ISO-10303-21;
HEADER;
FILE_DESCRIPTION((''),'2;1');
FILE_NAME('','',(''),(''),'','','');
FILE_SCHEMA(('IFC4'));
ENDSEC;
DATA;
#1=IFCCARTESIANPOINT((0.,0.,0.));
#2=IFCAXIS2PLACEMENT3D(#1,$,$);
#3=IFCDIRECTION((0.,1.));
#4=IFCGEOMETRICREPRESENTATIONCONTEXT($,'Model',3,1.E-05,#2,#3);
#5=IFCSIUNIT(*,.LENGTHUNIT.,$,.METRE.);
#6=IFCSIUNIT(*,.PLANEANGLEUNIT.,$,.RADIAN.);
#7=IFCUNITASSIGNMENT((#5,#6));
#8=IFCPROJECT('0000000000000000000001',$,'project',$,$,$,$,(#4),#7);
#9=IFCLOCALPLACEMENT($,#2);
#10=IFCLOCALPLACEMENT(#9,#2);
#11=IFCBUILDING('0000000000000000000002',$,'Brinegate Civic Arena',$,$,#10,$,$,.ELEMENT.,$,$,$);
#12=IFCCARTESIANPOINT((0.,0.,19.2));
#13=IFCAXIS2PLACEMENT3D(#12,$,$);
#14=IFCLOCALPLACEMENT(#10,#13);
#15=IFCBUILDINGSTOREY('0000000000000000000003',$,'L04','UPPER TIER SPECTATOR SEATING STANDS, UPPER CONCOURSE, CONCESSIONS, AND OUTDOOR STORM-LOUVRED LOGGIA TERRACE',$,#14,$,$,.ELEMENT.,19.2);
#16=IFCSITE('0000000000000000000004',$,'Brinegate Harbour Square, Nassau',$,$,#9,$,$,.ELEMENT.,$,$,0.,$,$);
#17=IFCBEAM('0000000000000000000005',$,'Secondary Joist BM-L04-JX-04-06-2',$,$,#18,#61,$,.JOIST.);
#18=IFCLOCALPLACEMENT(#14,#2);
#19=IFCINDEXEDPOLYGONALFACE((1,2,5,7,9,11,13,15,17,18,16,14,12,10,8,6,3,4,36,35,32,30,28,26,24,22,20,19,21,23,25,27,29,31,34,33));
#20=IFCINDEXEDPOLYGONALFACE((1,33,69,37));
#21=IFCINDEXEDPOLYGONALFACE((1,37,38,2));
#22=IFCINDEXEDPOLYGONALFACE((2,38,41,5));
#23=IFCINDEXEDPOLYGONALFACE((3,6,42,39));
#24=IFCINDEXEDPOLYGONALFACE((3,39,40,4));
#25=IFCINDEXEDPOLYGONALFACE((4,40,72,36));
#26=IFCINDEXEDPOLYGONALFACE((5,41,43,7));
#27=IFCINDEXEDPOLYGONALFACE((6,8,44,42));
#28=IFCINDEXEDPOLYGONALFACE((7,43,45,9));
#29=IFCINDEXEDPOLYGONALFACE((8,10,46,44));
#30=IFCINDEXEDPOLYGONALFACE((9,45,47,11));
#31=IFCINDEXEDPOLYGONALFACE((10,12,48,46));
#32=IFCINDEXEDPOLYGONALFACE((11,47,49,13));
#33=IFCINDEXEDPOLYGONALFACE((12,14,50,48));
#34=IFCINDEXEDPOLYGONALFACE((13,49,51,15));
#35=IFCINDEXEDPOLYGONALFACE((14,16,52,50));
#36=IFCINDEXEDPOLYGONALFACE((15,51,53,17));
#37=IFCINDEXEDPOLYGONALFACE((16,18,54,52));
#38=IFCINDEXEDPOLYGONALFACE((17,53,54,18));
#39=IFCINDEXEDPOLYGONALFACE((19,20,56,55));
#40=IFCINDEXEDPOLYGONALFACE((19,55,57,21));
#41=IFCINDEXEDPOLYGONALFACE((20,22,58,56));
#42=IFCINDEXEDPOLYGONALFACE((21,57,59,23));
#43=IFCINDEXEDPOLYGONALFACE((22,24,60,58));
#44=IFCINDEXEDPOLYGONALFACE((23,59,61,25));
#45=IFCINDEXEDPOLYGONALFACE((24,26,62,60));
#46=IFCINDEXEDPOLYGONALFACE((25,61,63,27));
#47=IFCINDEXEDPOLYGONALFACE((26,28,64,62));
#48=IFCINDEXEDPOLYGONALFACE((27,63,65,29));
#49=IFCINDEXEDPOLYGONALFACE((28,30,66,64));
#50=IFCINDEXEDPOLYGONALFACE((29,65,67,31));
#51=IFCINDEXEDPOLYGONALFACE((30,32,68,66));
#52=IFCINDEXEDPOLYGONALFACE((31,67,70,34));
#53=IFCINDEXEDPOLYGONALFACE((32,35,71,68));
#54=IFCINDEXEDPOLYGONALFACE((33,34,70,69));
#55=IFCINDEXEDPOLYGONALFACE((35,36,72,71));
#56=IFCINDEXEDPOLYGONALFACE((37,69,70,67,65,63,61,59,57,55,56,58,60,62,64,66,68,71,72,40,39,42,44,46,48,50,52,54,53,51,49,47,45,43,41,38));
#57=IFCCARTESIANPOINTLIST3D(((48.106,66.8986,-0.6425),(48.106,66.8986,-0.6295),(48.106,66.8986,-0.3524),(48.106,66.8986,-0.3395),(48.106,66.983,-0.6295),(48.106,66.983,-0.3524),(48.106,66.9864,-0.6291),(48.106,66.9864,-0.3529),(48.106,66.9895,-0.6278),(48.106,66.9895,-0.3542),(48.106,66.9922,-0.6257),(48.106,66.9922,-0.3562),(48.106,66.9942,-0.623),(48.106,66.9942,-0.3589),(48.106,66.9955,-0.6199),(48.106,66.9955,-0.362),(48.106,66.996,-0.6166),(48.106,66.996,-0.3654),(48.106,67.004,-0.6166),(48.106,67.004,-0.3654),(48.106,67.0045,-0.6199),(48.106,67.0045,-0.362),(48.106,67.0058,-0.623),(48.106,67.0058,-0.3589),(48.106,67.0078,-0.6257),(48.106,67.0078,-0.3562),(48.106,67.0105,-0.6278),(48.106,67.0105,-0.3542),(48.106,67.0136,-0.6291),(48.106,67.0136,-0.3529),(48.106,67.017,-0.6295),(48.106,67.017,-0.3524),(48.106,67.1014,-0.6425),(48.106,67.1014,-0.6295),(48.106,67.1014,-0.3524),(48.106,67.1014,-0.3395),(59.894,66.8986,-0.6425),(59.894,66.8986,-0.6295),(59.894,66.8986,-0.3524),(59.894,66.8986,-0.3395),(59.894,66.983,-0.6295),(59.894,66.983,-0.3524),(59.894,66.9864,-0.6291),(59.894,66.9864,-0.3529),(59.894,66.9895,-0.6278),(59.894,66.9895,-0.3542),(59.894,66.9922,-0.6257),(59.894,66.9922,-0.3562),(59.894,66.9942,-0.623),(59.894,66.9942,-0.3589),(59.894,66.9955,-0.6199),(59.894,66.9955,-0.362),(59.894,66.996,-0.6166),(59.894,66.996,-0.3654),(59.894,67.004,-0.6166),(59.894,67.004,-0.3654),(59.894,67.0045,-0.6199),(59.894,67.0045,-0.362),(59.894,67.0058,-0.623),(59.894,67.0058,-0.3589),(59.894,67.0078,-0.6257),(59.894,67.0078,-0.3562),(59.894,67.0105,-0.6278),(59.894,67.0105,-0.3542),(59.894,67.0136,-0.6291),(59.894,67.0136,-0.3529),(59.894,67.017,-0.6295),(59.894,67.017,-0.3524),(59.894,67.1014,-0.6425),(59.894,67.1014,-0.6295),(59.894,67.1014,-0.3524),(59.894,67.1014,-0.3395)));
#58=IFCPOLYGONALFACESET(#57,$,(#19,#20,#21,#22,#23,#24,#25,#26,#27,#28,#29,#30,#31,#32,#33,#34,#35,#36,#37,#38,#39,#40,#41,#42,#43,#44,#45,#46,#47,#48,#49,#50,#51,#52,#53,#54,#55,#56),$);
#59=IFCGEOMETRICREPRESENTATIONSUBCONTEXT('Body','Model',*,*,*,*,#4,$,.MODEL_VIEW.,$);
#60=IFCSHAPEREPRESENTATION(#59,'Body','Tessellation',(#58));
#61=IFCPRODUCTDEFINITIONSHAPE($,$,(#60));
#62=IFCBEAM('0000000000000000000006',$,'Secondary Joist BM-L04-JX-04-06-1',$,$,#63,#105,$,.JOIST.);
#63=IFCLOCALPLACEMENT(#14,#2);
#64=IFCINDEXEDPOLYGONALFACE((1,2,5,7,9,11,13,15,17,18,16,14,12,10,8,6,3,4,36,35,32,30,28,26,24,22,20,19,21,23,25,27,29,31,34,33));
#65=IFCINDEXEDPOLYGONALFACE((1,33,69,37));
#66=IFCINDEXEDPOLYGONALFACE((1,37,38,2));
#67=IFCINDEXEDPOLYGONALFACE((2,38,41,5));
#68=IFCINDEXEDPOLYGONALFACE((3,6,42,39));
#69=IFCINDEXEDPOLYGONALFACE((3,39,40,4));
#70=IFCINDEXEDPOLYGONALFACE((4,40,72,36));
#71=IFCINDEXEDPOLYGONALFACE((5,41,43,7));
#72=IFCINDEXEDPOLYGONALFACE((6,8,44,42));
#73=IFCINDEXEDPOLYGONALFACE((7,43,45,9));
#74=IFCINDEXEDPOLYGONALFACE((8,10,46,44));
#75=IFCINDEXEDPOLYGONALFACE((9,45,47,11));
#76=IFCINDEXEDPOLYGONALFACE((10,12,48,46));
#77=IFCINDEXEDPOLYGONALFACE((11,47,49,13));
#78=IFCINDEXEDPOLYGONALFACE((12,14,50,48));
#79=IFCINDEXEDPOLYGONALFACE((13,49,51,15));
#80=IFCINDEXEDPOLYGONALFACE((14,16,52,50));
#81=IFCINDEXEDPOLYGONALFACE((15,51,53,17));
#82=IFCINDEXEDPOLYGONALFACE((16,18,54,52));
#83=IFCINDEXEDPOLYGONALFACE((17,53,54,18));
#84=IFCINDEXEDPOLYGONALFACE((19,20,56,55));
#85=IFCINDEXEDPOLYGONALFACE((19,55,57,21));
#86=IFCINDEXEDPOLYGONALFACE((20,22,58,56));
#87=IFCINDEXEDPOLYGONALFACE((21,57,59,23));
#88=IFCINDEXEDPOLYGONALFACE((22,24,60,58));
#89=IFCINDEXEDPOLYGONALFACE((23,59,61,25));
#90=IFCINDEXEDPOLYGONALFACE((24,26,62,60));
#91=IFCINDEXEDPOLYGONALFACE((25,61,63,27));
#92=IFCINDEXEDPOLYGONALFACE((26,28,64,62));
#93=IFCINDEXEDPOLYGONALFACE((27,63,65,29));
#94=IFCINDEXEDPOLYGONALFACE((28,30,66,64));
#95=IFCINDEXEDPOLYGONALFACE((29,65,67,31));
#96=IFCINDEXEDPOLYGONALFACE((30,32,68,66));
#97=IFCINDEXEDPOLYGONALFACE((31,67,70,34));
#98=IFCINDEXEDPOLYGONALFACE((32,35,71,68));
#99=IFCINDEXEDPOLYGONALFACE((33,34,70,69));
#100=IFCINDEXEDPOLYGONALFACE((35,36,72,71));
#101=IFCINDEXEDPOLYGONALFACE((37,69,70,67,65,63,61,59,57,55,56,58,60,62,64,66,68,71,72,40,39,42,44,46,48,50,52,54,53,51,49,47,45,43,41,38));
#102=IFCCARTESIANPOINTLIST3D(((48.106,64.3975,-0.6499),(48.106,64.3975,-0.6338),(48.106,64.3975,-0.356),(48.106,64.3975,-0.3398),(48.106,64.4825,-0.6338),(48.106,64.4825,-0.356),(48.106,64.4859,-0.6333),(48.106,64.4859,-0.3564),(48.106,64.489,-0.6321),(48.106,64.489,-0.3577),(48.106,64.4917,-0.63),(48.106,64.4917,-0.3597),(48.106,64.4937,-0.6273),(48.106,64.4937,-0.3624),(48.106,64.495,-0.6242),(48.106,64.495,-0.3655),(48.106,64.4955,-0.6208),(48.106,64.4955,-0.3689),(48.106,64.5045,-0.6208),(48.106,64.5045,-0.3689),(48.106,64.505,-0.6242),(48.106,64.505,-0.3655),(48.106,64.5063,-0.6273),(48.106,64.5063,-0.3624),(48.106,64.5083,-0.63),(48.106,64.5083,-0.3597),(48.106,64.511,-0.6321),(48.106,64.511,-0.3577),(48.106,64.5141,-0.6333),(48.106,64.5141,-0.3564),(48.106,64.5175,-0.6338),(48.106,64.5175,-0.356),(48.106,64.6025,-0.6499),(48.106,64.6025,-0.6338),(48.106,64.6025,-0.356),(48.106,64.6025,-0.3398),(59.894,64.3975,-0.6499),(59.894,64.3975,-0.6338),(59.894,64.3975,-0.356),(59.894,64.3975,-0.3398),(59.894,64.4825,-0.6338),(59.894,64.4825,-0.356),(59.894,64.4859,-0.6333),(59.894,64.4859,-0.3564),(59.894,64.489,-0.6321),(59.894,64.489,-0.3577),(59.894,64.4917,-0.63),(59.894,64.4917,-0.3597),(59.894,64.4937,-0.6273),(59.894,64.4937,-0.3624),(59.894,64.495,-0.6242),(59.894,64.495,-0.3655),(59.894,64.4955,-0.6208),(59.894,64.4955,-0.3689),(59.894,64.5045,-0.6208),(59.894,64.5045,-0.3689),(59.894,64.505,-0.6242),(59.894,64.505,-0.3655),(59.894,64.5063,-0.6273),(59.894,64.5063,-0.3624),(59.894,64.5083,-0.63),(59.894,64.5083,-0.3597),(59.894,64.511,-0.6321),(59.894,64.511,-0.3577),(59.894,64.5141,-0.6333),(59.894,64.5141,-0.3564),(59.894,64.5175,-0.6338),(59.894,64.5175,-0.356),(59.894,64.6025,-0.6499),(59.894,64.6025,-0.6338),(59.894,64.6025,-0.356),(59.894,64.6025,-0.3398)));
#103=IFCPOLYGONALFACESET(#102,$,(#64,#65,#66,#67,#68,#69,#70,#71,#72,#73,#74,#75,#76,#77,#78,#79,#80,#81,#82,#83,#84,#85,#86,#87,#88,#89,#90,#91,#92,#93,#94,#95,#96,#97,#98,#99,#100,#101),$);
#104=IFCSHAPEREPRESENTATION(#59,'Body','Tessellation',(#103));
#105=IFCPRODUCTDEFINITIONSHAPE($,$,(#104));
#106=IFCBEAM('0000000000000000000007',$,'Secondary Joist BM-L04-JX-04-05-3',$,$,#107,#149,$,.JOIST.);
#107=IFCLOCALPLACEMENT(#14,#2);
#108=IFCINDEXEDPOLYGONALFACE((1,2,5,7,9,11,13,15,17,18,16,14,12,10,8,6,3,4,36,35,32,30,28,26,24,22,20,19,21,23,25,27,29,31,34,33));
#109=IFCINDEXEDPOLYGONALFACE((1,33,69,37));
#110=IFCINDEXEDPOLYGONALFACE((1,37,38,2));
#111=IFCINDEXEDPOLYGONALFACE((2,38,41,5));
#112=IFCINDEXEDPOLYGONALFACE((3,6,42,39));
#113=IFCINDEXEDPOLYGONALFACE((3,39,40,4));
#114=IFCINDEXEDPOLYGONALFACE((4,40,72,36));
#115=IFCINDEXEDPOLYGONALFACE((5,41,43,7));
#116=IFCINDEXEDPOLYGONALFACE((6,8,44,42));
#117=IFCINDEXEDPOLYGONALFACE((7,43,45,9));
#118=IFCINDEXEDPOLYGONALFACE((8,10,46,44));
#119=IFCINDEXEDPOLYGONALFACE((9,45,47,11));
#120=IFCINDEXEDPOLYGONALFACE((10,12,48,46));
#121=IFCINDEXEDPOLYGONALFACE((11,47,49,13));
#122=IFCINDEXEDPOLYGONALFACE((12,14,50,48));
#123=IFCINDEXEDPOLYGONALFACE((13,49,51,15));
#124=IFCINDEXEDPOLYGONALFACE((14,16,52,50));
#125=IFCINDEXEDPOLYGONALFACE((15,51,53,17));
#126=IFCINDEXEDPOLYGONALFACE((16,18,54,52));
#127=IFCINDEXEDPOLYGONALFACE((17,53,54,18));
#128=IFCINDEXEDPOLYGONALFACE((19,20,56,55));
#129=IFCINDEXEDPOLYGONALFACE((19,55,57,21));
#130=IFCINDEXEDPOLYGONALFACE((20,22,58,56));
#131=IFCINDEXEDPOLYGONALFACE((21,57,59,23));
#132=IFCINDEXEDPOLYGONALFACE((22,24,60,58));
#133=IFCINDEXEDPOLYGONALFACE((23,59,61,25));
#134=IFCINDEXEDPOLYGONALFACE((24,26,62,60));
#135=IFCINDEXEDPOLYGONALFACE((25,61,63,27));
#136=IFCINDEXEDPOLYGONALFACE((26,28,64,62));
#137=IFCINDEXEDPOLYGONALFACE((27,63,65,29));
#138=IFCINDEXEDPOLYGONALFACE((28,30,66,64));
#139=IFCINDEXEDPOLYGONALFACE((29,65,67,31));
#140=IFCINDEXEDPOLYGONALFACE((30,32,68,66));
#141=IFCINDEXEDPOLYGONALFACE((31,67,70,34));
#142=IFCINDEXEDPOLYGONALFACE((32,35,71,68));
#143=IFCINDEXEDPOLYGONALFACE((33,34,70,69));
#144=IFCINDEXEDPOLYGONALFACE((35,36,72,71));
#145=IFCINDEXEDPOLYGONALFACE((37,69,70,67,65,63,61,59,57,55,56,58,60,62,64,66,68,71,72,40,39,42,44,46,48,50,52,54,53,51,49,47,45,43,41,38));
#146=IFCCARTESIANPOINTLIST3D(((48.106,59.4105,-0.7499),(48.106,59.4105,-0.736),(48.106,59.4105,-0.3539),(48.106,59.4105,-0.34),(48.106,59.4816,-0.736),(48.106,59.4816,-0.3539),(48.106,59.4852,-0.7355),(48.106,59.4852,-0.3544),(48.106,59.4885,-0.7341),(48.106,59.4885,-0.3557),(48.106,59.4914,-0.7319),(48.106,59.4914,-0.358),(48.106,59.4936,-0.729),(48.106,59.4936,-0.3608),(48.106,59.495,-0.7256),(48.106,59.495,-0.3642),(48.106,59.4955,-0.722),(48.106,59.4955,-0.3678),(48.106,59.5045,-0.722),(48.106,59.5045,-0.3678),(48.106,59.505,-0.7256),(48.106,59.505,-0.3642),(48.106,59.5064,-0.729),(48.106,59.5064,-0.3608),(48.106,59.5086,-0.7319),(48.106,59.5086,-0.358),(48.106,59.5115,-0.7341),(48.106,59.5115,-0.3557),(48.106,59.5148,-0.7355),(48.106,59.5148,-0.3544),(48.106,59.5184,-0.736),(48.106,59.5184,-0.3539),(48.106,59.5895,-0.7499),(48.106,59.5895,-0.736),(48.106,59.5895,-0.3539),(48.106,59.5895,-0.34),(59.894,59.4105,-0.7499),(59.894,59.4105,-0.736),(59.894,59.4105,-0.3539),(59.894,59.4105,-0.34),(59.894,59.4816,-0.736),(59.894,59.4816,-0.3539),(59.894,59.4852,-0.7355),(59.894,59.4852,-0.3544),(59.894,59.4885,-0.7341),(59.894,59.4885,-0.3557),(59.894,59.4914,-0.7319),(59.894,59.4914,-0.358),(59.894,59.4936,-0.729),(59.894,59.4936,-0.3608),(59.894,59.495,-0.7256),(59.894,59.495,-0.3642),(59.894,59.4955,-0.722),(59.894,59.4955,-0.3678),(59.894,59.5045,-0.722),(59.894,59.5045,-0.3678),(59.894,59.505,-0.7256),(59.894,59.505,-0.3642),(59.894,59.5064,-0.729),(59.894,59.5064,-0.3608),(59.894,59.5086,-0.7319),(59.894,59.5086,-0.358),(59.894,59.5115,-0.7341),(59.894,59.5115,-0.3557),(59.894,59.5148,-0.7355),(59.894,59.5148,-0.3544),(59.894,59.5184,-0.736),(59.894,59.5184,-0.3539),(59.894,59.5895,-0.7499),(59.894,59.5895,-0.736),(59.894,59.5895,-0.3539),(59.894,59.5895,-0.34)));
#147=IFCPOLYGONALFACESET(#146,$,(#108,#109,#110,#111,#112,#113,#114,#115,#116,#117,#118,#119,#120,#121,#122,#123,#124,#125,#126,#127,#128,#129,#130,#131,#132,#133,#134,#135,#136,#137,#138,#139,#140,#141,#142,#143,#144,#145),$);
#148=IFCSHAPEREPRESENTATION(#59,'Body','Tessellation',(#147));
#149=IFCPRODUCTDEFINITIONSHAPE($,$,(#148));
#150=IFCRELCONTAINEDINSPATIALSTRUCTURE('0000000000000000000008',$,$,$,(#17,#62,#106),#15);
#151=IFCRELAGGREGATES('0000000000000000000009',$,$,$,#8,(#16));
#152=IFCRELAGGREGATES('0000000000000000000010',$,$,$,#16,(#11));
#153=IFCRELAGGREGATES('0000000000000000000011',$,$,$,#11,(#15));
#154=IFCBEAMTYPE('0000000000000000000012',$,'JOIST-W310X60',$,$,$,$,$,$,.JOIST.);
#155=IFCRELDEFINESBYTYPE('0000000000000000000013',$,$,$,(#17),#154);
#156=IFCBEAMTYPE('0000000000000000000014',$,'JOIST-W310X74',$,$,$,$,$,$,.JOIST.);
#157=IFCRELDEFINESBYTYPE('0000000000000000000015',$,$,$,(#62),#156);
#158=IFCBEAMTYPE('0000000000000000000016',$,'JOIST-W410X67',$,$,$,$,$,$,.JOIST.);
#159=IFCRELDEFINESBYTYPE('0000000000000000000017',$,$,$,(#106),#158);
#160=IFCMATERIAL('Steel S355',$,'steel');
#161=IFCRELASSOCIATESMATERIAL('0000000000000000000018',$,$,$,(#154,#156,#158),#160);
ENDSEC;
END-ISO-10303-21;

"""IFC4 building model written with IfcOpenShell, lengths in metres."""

from ifc_helpers import new_model, si_unit, direction, frame, origin, origin_2d, place, context, subcontext, project, spatial, i_section, extrude, material, material_profile, profile_set, type_object, element, save


model = new_model("IFC4")

# Units and contexts
model_context = context("Model", 3, precision=1e-05, world=origin(), true_north=direction((0.0, 1.0)))
body_context = subcontext(model_context, "Body", "Model", "MODEL_VIEW")
ifc_project = project(units=[si_unit("LENGTHUNIT", "METRE"), si_unit("PLANEANGLEUNIT", "RADIAN")], contexts=[model_context])

# Site, building, storey
site_placement = place(None, origin())
site = spatial("IfcSite", under=ifc_project, at=site_placement, Name="Brinegate Harbour Square, Nassau", CompositionType="ELEMENT", RefElevation=0.0)
building_placement = place(site_placement, origin())
building = spatial("IfcBuilding", under=site, at=building_placement, Name="Brinegate Civic Arena", CompositionType="ELEMENT")
storey_placement = place(building_placement, frame((0.0, 0.0, 19.2)))
storey = spatial("IfcBuildingStorey", under=building, at=storey_placement, Name="L04", Description="UPPER TIER SPECTATOR SEATING STANDS, UPPER CONCOURSE, CONCESSIONS, AND OUTDOOR STORM-LOUVRED LOGGIA TERRACE", CompositionType="ELEMENT", Elevation=19.2)

# Beams
ifc_material_1 = material(Name="Steel S355", Category="steel")
ifc_material_profile_1 = material_profile(ifc_material_1, i_section(OverallWidth=0.2029, OverallDepth=0.303, WebThickness=0.0081, FlangeThickness=0.0129, FilletRadius=0.0129, at=origin_2d()), Name="W310X60")
ifc_profile_set_1 = profile_set([ifc_material_profile_1], Name="Steel S355")
beam_type_1 = type_object("IfcBeamType", Name="JOIST-W310X60", PredefinedType="JOIST", material=ifc_profile_set_1)
beam_1_placement = place(storey_placement, frame((48.106, 67.0, -0.491), z_axis=(1.0, 0.0, 0.0), x_axis=(0.0, 1.0, 0.0)))
element("IfcBeam", 1, at=beam_1_placement, inside=storey, type_object=beam_type_1, Name="Secondary Joist BM-L04-JX-04-06-2", PredefinedType="JOIST", context=body_context, shape_type="SweptSolid", body=[
    extrude(i_section(OverallWidth=0.2029, OverallDepth=0.303, WebThickness=0.0081, FlangeThickness=0.0129, FilletRadius=0.0129, at=origin_2d()), origin(), (0.0, 0.0, 1.0), 11.7881),
])
ifc_material_profile_2 = material_profile(ifc_material_1, i_section(OverallWidth=0.2051, OverallDepth=0.3101, WebThickness=0.009, FlangeThickness=0.0161, FilletRadius=0.0129, at=origin_2d()), Name="W310X74")
ifc_profile_set_2 = profile_set([ifc_material_profile_2], Name="Steel S355")
beam_type_2 = type_object("IfcBeamType", Name="JOIST-W310X74", PredefinedType="JOIST", material=ifc_profile_set_2)
beam_2_placement = place(storey_placement, frame((48.106, 64.5, -0.4949), z_axis=(1.0, 0.0, 0.0), x_axis=(0.0, 1.0, 0.0)))
element("IfcBeam", 2, at=beam_2_placement, inside=storey, type_object=beam_type_2, Name="Secondary Joist BM-L04-JX-04-06-1", PredefinedType="JOIST", context=body_context, shape_type="SweptSolid", body=[
    extrude(i_section(OverallWidth=0.2051, OverallDepth=0.3101, WebThickness=0.009, FlangeThickness=0.0161, FilletRadius=0.0129, at=origin_2d()), origin(), (0.0, 0.0, 1.0), 11.7881),
])
ifc_material_profile_3 = material_profile(ifc_material_1, i_section(OverallWidth=0.179, OverallDepth=0.4099, WebThickness=0.009, FlangeThickness=0.0139, FilletRadius=0.0139, at=origin_2d()), Name="W410X67")
ifc_profile_set_3 = profile_set([ifc_material_profile_3], Name="Steel S355")
beam_type_3 = type_object("IfcBeamType", Name="JOIST-W410X67", PredefinedType="JOIST", material=ifc_profile_set_3)
beam_3_placement = place(storey_placement, frame((48.106, 59.5, -0.5449), z_axis=(1.0, 0.0, 0.0), x_axis=(0.0, 1.0, 0.0)))
element("IfcBeam", 3, at=beam_3_placement, inside=storey, type_object=beam_type_3, Name="Secondary Joist BM-L04-JX-04-05-3", PredefinedType="JOIST", context=body_context, shape_type="SweptSolid", body=[
    extrude(i_section(OverallWidth=0.179, OverallDepth=0.4099, WebThickness=0.009, FlangeThickness=0.0139, FilletRadius=0.0139, at=origin_2d()), origin(), (0.0, 0.0, 1.0), 11.7881),
])

save(model, "model.ifc")
